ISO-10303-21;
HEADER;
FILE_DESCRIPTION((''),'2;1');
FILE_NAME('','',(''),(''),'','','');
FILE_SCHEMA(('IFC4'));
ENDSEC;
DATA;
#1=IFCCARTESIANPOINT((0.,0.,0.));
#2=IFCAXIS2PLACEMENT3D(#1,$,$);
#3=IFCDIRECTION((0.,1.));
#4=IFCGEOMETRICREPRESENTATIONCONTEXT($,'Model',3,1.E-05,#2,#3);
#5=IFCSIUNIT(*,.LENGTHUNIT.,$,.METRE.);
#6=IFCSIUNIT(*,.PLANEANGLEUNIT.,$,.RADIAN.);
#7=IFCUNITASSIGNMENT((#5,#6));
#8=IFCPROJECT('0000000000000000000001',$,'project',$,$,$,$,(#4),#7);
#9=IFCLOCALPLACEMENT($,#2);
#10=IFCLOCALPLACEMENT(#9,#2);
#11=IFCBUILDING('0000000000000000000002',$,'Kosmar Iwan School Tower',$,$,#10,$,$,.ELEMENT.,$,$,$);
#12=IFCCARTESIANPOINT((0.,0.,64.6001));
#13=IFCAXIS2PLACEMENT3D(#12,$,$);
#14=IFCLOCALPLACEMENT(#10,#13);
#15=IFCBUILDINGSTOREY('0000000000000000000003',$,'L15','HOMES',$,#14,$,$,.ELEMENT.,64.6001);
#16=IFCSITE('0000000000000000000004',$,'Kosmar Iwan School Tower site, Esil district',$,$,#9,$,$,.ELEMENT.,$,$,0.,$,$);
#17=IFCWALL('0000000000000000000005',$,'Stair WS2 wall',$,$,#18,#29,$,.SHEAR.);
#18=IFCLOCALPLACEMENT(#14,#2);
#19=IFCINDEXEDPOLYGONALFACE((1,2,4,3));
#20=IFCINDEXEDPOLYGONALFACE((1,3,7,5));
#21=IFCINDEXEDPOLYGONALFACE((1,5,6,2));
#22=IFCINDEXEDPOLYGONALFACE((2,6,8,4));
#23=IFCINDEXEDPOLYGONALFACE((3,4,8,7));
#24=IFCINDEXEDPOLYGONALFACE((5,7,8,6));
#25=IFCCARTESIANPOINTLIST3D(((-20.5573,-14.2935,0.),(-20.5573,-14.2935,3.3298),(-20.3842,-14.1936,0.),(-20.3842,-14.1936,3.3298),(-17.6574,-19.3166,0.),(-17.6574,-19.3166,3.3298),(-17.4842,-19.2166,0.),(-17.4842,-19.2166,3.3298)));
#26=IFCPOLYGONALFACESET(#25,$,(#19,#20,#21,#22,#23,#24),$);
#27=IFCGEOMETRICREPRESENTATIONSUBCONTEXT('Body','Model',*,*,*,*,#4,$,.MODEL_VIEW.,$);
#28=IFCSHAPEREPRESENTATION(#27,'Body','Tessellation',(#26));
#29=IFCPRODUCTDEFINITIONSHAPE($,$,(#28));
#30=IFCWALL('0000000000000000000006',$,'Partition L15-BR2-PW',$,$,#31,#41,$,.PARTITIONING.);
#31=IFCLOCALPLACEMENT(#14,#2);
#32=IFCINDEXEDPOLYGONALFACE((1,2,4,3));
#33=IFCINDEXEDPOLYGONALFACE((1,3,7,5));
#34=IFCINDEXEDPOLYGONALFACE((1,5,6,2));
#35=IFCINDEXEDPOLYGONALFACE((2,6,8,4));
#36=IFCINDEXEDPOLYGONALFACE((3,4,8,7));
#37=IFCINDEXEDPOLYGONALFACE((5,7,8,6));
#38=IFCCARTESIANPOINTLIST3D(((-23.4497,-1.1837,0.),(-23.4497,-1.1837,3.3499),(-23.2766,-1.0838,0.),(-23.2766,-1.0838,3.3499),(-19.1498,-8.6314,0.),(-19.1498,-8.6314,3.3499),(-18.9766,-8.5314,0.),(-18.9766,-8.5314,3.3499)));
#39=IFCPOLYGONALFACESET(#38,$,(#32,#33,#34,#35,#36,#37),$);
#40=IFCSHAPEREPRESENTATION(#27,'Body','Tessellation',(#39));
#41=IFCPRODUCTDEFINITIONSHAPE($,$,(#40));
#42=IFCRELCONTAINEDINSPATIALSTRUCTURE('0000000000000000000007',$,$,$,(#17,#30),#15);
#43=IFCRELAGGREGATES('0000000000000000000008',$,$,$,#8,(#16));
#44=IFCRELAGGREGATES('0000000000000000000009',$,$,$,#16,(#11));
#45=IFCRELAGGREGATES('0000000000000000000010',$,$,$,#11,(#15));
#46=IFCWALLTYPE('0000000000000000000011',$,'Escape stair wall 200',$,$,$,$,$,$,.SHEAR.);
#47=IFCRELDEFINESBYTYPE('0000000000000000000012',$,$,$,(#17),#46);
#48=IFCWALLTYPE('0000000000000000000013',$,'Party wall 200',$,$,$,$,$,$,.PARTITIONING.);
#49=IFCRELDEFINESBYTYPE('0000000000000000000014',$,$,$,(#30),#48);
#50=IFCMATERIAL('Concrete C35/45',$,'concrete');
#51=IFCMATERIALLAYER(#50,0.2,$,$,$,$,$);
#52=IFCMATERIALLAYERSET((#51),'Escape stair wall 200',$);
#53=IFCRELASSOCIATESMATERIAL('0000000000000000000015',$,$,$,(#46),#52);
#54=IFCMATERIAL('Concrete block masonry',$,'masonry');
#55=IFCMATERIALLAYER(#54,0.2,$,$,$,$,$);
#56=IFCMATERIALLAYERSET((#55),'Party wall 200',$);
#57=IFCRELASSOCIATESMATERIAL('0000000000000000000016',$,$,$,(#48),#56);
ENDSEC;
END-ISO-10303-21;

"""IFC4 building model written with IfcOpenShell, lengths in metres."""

from ifc_helpers import new_model, si_unit, direction, frame, frame_2d, origin, place, context, subcontext, project, spatial, rectangle, extrude, material, layer, layer_set, type_object, element, save


model = new_model("IFC4")

# Units and contexts
model_context = context("Model", 3, precision=1e-05, world=origin(), true_north=direction((0.0, 1.0)))
body_context = subcontext(model_context, "Body", "Model", "MODEL_VIEW")
ifc_project = project(units=[si_unit("LENGTHUNIT", "METRE"), si_unit("PLANEANGLEUNIT", "RADIAN")], contexts=[model_context])

# Site, building, storey
site_placement = place(None, origin())
site = spatial("IfcSite", under=ifc_project, at=site_placement, Name="Kosmar Iwan School Tower site, Esil district", CompositionType="ELEMENT", RefElevation=0.0)
building_placement = place(site_placement, origin())
building = spatial("IfcBuilding", under=site, at=building_placement, Name="Kosmar Iwan School Tower", CompositionType="ELEMENT")
storey_placement = place(building_placement, frame((0.0, 0.0, 64.6001)))
storey = spatial("IfcBuildingStorey", under=building, at=storey_placement, Name="L15", Description="HOMES", CompositionType="ELEMENT", Elevation=64.6001)

# Walls
ifc_material_1 = material(Name="Concrete C35/45", Category="concrete")
ifc_layer_1 = layer(ifc_material_1, 0.2)
ifc_layer_set_1 = layer_set([ifc_layer_1], Name="Escape stair wall 200")
wall_type_1 = type_object("IfcWallType", Name="Escape stair wall 200", PredefinedType="SHEAR", material=ifc_layer_set_1)
wall_1_placement = place(storey_placement, frame((-20.4707, -14.2437, 0.0), z_axis=(0.0, 0.0, 1.0), x_axis=(0.499987, -0.866033, 0.0)))
element("IfcWall", 1, at=wall_1_placement, inside=storey, type_object=wall_type_1, Name="Stair WS2 wall", PredefinedType="SHEAR", context=body_context, shape_type="SweptSolid", body=[
    extrude(rectangle(XDim=5.8, YDim=0.2, at=frame_2d((2.8999, 0.0))), origin(), (0.0, 0.0, 1.0), 3.3298),
])
ifc_material_2 = material(Name="Concrete block masonry", Category="masonry")
ifc_layer_2 = layer(ifc_material_2, 0.2)
ifc_layer_set_2 = layer_set([ifc_layer_2], Name="Party wall 200")
wall_type_2 = type_object("IfcWallType", Name="Party wall 200", PredefinedType="PARTITIONING", material=ifc_layer_set_2)
wall_2_placement = place(storey_placement, frame((-19.0632, -8.5813, 0.0), z_axis=(0.0, 0.0, 1.0), x_axis=(-0.500008, 0.866021, 0.0)))
element("IfcWall", 2, at=wall_2_placement, inside=storey, type_object=wall_type_2, Name="Partition L15-BR2-PW", PredefinedType="PARTITIONING", context=body_context, shape_type="SweptSolid", body=[
    extrude(rectangle(XDim=8.5999, YDim=0.2, at=frame_2d((4.2998, 0.0))), origin(), (0.0, 0.0, 1.0), 3.3499),
])

save(model, "model.ifc")
